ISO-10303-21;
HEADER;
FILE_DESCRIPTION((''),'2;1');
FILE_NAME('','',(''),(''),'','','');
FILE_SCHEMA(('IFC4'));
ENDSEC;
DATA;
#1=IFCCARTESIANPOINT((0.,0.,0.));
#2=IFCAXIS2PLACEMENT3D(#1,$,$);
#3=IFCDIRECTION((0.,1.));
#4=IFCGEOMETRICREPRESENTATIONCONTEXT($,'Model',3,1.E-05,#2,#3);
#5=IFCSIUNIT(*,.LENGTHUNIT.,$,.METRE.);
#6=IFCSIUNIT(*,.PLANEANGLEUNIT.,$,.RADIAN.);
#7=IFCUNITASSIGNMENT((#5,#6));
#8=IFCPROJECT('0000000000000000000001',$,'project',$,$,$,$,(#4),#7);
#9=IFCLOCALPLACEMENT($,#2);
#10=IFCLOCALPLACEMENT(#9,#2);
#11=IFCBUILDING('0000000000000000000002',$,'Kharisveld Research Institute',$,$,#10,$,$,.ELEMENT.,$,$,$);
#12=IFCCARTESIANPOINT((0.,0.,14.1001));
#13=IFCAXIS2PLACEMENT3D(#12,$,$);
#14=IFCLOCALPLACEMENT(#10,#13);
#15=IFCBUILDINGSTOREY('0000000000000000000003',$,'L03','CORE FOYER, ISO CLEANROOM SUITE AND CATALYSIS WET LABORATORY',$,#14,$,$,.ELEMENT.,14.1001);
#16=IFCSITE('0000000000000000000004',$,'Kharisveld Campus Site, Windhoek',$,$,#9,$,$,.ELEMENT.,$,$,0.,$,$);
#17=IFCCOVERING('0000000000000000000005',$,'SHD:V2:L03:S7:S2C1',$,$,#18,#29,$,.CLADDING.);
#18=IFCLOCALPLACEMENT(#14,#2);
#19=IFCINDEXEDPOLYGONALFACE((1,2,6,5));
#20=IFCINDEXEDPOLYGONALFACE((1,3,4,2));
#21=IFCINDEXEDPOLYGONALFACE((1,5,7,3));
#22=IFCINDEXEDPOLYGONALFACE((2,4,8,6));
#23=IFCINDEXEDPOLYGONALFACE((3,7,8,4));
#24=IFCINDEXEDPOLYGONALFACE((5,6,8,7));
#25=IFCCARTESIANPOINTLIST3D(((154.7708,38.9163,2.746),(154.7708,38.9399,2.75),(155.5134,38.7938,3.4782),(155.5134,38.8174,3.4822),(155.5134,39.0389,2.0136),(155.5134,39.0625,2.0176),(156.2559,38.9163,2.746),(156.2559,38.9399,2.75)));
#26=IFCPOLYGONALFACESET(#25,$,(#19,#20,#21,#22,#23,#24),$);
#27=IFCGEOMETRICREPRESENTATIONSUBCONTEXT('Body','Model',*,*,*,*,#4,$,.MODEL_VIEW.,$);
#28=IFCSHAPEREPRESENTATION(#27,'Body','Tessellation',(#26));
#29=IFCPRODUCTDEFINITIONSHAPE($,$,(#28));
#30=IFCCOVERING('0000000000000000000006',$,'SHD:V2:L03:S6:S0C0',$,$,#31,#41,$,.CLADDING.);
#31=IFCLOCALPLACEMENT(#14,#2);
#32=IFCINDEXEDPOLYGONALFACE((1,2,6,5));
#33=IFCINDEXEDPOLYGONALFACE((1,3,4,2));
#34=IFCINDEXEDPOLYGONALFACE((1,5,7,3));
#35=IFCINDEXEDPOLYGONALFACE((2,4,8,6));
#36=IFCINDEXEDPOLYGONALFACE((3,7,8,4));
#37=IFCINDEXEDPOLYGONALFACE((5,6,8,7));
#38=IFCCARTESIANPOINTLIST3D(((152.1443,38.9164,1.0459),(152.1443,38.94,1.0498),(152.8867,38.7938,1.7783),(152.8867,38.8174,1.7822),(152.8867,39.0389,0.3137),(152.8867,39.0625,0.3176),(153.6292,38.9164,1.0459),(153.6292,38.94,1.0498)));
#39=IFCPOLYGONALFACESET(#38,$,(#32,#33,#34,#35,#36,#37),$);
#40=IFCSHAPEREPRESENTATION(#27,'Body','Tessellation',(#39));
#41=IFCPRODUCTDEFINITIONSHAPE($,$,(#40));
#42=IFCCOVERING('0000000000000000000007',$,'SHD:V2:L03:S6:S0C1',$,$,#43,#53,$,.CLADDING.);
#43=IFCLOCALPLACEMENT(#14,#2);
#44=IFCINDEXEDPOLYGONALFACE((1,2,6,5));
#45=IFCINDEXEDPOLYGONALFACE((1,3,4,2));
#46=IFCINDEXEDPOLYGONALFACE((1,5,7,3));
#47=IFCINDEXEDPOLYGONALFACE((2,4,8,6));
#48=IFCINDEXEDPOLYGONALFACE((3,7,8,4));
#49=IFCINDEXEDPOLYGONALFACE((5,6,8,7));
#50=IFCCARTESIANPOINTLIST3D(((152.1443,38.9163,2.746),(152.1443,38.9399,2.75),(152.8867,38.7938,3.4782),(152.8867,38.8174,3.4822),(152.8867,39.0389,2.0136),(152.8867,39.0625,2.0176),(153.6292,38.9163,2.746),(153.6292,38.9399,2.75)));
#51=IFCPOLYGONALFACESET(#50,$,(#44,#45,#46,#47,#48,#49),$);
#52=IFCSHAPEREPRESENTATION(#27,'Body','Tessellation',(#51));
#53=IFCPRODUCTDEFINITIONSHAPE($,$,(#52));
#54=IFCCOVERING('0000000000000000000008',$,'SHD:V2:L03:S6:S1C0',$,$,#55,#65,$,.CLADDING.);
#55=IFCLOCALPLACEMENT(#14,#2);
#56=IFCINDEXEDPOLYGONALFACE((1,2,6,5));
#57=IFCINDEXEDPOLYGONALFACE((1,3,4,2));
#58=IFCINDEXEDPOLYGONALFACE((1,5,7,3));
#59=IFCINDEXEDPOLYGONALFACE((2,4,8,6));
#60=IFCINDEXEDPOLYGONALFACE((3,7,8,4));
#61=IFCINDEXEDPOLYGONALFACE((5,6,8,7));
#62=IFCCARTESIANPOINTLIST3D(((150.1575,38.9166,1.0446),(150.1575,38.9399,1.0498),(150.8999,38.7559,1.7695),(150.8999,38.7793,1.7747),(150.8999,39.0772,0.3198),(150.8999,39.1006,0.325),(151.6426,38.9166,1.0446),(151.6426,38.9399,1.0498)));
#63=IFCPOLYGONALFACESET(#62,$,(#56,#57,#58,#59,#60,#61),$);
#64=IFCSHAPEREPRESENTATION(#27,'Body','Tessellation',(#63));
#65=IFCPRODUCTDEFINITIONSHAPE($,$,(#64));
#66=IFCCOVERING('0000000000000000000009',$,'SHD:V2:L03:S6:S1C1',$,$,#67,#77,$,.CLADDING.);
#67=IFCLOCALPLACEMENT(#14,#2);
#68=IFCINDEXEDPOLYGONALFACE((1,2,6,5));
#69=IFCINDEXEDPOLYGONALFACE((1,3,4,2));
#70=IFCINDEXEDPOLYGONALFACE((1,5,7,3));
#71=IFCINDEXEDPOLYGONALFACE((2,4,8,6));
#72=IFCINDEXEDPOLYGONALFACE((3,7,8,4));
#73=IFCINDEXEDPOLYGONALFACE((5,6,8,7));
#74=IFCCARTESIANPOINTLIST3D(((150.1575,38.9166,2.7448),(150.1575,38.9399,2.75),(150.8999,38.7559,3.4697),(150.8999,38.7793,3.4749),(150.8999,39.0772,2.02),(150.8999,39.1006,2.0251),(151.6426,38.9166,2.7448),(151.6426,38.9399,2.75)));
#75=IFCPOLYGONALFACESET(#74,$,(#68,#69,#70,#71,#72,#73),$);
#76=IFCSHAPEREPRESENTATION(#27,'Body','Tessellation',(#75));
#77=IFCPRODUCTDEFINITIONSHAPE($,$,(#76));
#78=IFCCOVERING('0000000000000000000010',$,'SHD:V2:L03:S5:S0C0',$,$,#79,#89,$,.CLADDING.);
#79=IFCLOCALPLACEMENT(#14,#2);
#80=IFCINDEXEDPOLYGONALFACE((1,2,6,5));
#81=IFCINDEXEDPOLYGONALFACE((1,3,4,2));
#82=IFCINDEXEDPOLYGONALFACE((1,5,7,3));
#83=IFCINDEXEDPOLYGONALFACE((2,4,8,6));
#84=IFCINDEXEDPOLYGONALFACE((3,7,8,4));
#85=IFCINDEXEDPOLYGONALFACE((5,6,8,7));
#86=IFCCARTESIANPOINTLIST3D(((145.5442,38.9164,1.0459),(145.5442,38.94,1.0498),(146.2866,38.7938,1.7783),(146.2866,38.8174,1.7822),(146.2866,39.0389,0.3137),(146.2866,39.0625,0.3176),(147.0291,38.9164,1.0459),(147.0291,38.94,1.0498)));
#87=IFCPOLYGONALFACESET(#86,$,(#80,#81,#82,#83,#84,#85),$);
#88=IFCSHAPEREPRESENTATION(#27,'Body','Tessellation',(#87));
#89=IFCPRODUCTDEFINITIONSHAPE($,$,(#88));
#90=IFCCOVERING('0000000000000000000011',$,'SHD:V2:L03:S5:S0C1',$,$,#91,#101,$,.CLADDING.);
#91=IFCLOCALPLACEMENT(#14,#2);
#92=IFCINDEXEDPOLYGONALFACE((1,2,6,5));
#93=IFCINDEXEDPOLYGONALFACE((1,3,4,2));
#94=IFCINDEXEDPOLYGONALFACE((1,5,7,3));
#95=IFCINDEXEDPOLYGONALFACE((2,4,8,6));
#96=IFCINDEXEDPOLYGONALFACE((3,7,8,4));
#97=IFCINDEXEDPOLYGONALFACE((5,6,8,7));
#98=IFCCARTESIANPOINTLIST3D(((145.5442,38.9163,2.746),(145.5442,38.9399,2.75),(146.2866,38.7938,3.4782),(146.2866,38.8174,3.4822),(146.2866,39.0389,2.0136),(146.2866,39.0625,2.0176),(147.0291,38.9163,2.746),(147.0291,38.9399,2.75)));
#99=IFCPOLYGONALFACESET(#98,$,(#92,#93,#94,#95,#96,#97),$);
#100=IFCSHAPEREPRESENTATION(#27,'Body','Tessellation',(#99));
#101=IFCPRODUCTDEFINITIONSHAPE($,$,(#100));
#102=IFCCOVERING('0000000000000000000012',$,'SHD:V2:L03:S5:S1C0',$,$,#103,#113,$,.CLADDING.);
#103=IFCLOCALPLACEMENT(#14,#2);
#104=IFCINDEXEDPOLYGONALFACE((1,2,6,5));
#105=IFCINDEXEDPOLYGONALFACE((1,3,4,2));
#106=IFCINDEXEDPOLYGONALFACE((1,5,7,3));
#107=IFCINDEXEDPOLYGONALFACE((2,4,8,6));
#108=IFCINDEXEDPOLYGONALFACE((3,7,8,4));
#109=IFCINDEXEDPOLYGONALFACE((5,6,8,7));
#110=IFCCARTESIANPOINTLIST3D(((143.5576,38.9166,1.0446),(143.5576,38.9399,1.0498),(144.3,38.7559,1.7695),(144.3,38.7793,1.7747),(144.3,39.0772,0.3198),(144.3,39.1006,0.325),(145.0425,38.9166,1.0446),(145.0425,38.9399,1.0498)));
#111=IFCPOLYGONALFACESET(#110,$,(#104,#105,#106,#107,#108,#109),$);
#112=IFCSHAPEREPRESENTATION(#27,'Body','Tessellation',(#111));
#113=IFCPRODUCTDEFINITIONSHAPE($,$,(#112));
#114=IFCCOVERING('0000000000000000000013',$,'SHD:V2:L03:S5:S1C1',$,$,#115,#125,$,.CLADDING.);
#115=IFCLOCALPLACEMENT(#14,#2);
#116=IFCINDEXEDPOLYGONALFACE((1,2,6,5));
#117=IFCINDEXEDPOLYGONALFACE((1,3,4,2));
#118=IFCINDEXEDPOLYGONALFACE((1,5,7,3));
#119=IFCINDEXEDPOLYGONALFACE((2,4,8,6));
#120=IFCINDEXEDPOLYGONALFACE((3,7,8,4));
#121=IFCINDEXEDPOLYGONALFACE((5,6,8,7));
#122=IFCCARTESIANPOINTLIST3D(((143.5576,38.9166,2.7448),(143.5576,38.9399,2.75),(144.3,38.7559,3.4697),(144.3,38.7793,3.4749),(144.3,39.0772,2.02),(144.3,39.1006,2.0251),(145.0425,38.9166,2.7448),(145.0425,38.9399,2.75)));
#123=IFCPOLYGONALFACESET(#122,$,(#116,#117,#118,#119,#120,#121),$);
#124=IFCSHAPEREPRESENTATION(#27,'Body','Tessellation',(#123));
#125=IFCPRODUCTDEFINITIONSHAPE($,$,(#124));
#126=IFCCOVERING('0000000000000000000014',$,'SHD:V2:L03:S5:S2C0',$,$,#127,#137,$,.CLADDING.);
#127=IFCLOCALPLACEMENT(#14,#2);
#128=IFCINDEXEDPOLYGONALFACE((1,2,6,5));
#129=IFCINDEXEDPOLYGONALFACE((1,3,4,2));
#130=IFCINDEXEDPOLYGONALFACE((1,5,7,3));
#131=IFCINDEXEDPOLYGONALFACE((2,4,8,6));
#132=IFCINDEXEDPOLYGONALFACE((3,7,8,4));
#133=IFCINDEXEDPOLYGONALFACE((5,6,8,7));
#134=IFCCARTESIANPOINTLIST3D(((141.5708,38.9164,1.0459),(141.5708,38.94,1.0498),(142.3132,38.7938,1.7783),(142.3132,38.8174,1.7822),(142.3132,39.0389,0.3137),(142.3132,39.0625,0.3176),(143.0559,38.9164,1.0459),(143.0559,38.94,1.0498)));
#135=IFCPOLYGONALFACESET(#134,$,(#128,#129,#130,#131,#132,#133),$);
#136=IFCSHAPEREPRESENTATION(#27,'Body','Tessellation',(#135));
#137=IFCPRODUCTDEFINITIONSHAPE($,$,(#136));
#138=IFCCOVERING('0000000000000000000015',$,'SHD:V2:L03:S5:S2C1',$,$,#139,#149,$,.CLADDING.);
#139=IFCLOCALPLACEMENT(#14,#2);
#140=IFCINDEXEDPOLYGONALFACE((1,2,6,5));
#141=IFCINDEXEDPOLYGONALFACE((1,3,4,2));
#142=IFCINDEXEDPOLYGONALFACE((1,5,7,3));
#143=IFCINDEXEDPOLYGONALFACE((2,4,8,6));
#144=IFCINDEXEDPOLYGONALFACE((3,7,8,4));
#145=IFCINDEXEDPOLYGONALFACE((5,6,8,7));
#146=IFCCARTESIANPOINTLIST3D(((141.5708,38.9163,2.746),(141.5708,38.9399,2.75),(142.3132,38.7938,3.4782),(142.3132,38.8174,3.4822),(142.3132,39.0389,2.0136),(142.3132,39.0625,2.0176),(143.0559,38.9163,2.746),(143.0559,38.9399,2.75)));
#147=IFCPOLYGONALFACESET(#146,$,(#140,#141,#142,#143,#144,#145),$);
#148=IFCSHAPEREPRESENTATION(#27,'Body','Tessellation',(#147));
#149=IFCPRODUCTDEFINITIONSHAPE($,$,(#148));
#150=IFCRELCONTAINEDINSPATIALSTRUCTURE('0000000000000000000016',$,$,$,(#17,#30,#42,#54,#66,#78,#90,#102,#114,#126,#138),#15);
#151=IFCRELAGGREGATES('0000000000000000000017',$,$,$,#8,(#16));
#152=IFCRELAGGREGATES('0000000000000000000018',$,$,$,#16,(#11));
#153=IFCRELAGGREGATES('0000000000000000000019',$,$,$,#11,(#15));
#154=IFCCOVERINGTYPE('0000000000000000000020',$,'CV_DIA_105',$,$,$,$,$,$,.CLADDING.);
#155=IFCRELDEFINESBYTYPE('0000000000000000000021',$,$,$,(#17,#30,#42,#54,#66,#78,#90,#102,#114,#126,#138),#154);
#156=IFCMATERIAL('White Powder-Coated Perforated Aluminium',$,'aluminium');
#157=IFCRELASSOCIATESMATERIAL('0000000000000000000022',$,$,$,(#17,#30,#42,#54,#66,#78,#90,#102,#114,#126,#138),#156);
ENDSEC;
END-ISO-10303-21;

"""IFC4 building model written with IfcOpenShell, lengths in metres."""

from ifc_helpers import new_model, si_unit, direction, frame, origin, place, context, subcontext, project, spatial, polyline, outline, extrude, material, type_object, element, save


model = new_model("IFC4")

# Units and contexts
model_context = context("Model", 3, precision=1e-05, world=origin(), true_north=direction((0.0, 1.0)))
body_context = subcontext(model_context, "Body", "Model", "MODEL_VIEW")
ifc_project = project(units=[si_unit("LENGTHUNIT", "METRE"), si_unit("PLANEANGLEUNIT", "RADIAN")], contexts=[model_context])

# Site, building, storey
site_placement = place(None, origin())
site = spatial("IfcSite", under=ifc_project, at=site_placement, Name="Kharisveld Campus Site, Windhoek", CompositionType="ELEMENT", RefElevation=0.0)
building_placement = place(site_placement, origin())
building = spatial("IfcBuilding", under=site, at=building_placement, Name="Kharisveld Research Institute", CompositionType="ELEMENT")
storey_placement = place(building_placement, frame((0.0, 0.0, 14.1001)))
storey = spatial("IfcBuildingStorey", under=building, at=storey_placement, Name="L03", Description="CORE FOYER, ISO CLEANROOM SUITE AND CATALYSIS WET LABORATORY", CompositionType="ELEMENT", Elevation=14.1001)

# Coverings
ifc_material_1 = material(Name="White Powder-Coated Perforated Aluminium", Category="aluminium")
covering_type = type_object("IfcCoveringType", Name="CV_DIA_105", PredefinedType="CLADDING")
covering_1_placement = place(storey_placement, frame((155.5134, 39.0625, 2.0176), z_axis=(0.0, 0.986283, 0.165065), x_axis=(-0.70714, -0.116713, 0.697374)))
element("IfcCovering", 1, at=covering_1_placement, inside=storey, type_object=covering_type, material=ifc_material_1, Name="SHD:V2:L03:S7:S2C1", PredefinedType="CLADDING", context=body_context, shape_type="SweptSolid", body=[
    extrude(outline(polyline([(0.0, 0.0), (1.0503, 0.0), (1.05, 1.0501), (0.0001, 1.0501), (0.0, 0.0)])), origin(), (0.0, 0.0, -1.0), 0.0239),
])
covering_2_placement = place(storey_placement, frame((152.8867, 39.0625, 0.3176), z_axis=(0.0, 0.986283, 0.165065), x_axis=(-0.707139, -0.116714, 0.697376)))
element("IfcCovering", 2, at=covering_2_placement, inside=storey, type_object=covering_type, material=ifc_material_1, Name="SHD:V2:L03:S6:S0C0", PredefinedType="CLADDING", context=body_context, shape_type="SweptSolid", body=[
    extrude(outline(polyline([(0.0, 0.0), (1.0499, 0.0), (1.05, 1.0501), (-0.0001, 1.0499), (0.0, 0.0)])), origin(), (0.0, 0.0, -1.0), 0.0239),
])
covering_3_placement = place(storey_placement, frame((152.8867, 39.0625, 2.0176), z_axis=(0.0, 0.986283, 0.165065), x_axis=(-0.707024, -0.116733, 0.697489)))
element("IfcCovering", 3, at=covering_3_placement, inside=storey, type_object=covering_type, material=ifc_material_1, Name="SHD:V2:L03:S6:S0C1", PredefinedType="CLADDING", context=body_context, shape_type="SweptSolid", body=[
    extrude(outline(polyline([(0.0, 0.0), (1.0501, 0.0), (1.0502, 1.0499), (0.0002, 1.0501), (0.0, 0.0)])), origin(), (0.0, 0.0, -1.0), 0.0239),
])
for number, where, z_axis, x_axis, name in (
    (4, (150.8999, 39.1006, 0.325), (0.0, 0.976311, 0.216373), (-0.707102, -0.153, 0.69036), "SHD:V2:L03:S6:S1C0"),
    (5, (150.8999, 39.1006, 2.0251), (0.0, 0.976311, 0.216373), (-0.707102, -0.153, 0.69036), "SHD:V2:L03:S6:S1C1"),
):
    element("IfcCovering", number, at=place(storey_placement, frame(where, z_axis=z_axis, x_axis=x_axis)), inside=storey, type_object=covering_type, material=ifc_material_1, Name=name, PredefinedType="CLADDING", context=body_context, shape_type="SweptSolid", body=[
        extrude(outline(polyline([(0.0, 0.0), (1.05, 0.0), (1.05, 1.05), (-0.0002, 1.0501), (0.0, 0.0)])), origin(), (0.0, 0.0, -1.0), 0.0239),
    ])
covering_4_placement = place(storey_placement, frame((146.2866, 39.0625, 0.3176), z_axis=(0.0, 0.986283, 0.165065), x_axis=(-0.707139, -0.116714, 0.697376)))
element("IfcCovering", 6, at=covering_4_placement, inside=storey, type_object=covering_type, material=ifc_material_1, Name="SHD:V2:L03:S5:S0C0", PredefinedType="CLADDING", context=body_context, shape_type="SweptSolid", body=[
    extrude(outline(polyline([(0.0, 0.0), (1.0499, 0.0), (1.05, 1.0501), (-0.0001, 1.0499), (0.0, 0.0)])), origin(), (0.0, 0.0, -1.0), 0.0239),
])
covering_5_placement = place(storey_placement, frame((146.2866, 39.0625, 2.0176), z_axis=(0.0, 0.986283, 0.165065), x_axis=(-0.707024, -0.116733, 0.697489)))
element("IfcCovering", 7, at=covering_5_placement, inside=storey, type_object=covering_type, material=ifc_material_1, Name="SHD:V2:L03:S5:S0C1", PredefinedType="CLADDING", context=body_context, shape_type="SweptSolid", body=[
    extrude(outline(polyline([(0.0, 0.0), (1.0501, 0.0), (1.0502, 1.0499), (0.0002, 1.0501), (0.0, 0.0)])), origin(), (0.0, 0.0, -1.0), 0.0239),
])
for number, where, z_axis, x_axis, name in (
    (8, (144.3, 39.1006, 0.325), (0.0, 0.976311, 0.216373), (-0.707102, -0.153, 0.69036), "SHD:V2:L03:S5:S1C0"),
    (9, (144.3, 39.1006, 2.0251), (0.0, 0.976311, 0.216373), (-0.707102, -0.153, 0.69036), "SHD:V2:L03:S5:S1C1"),
):
    element("IfcCovering", number, at=place(storey_placement, frame(where, z_axis=z_axis, x_axis=x_axis)), inside=storey, type_object=covering_type, material=ifc_material_1, Name=name, PredefinedType="CLADDING", context=body_context, shape_type="SweptSolid", body=[
        extrude(outline(polyline([(0.0, 0.0), (1.05, 0.0), (1.05, 1.05), (0.0, 1.05), (0.0, 0.0)])), origin(), (0.0, 0.0, -1.0), 0.0239),
    ])
covering_6_placement = place(storey_placement, frame((142.3132, 39.0625, 0.3176), z_axis=(0.0, 0.986283, 0.165065), x_axis=(-0.707139, -0.116714, 0.697376)))
element("IfcCovering", 10, at=covering_6_placement, inside=storey, type_object=covering_type, material=ifc_material_1, Name="SHD:V2:L03:S5:S2C0", PredefinedType="CLADDING", context=body_context, shape_type="SweptSolid", body=[
    extrude(outline(polyline([(0.0, 0.0), (1.0499, 0.0), (1.05, 1.0501), (-0.0003, 1.0501), (0.0, 0.0)])), origin(), (0.0, 0.0, -1.0), 0.0239),
])
covering_7_placement = place(storey_placement, frame((142.3132, 39.0625, 2.0176), z_axis=(0.0, 0.986283, 0.165065), x_axis=(-0.707024, -0.116733, 0.697489)))
element("IfcCovering", 11, at=covering_7_placement, inside=storey, type_object=covering_type, material=ifc_material_1, Name="SHD:V2:L03:S5:S2C1", PredefinedType="CLADDING", context=body_context, shape_type="SweptSolid", body=[
    extrude(outline(polyline([(0.0, 0.0), (1.0501, 0.0), (1.0502, 1.0499), (0.0001, 1.0503), (0.0, 0.0)])), origin(), (0.0, 0.0, -1.0), 0.0239),
])

save(model, "model.ifc")
